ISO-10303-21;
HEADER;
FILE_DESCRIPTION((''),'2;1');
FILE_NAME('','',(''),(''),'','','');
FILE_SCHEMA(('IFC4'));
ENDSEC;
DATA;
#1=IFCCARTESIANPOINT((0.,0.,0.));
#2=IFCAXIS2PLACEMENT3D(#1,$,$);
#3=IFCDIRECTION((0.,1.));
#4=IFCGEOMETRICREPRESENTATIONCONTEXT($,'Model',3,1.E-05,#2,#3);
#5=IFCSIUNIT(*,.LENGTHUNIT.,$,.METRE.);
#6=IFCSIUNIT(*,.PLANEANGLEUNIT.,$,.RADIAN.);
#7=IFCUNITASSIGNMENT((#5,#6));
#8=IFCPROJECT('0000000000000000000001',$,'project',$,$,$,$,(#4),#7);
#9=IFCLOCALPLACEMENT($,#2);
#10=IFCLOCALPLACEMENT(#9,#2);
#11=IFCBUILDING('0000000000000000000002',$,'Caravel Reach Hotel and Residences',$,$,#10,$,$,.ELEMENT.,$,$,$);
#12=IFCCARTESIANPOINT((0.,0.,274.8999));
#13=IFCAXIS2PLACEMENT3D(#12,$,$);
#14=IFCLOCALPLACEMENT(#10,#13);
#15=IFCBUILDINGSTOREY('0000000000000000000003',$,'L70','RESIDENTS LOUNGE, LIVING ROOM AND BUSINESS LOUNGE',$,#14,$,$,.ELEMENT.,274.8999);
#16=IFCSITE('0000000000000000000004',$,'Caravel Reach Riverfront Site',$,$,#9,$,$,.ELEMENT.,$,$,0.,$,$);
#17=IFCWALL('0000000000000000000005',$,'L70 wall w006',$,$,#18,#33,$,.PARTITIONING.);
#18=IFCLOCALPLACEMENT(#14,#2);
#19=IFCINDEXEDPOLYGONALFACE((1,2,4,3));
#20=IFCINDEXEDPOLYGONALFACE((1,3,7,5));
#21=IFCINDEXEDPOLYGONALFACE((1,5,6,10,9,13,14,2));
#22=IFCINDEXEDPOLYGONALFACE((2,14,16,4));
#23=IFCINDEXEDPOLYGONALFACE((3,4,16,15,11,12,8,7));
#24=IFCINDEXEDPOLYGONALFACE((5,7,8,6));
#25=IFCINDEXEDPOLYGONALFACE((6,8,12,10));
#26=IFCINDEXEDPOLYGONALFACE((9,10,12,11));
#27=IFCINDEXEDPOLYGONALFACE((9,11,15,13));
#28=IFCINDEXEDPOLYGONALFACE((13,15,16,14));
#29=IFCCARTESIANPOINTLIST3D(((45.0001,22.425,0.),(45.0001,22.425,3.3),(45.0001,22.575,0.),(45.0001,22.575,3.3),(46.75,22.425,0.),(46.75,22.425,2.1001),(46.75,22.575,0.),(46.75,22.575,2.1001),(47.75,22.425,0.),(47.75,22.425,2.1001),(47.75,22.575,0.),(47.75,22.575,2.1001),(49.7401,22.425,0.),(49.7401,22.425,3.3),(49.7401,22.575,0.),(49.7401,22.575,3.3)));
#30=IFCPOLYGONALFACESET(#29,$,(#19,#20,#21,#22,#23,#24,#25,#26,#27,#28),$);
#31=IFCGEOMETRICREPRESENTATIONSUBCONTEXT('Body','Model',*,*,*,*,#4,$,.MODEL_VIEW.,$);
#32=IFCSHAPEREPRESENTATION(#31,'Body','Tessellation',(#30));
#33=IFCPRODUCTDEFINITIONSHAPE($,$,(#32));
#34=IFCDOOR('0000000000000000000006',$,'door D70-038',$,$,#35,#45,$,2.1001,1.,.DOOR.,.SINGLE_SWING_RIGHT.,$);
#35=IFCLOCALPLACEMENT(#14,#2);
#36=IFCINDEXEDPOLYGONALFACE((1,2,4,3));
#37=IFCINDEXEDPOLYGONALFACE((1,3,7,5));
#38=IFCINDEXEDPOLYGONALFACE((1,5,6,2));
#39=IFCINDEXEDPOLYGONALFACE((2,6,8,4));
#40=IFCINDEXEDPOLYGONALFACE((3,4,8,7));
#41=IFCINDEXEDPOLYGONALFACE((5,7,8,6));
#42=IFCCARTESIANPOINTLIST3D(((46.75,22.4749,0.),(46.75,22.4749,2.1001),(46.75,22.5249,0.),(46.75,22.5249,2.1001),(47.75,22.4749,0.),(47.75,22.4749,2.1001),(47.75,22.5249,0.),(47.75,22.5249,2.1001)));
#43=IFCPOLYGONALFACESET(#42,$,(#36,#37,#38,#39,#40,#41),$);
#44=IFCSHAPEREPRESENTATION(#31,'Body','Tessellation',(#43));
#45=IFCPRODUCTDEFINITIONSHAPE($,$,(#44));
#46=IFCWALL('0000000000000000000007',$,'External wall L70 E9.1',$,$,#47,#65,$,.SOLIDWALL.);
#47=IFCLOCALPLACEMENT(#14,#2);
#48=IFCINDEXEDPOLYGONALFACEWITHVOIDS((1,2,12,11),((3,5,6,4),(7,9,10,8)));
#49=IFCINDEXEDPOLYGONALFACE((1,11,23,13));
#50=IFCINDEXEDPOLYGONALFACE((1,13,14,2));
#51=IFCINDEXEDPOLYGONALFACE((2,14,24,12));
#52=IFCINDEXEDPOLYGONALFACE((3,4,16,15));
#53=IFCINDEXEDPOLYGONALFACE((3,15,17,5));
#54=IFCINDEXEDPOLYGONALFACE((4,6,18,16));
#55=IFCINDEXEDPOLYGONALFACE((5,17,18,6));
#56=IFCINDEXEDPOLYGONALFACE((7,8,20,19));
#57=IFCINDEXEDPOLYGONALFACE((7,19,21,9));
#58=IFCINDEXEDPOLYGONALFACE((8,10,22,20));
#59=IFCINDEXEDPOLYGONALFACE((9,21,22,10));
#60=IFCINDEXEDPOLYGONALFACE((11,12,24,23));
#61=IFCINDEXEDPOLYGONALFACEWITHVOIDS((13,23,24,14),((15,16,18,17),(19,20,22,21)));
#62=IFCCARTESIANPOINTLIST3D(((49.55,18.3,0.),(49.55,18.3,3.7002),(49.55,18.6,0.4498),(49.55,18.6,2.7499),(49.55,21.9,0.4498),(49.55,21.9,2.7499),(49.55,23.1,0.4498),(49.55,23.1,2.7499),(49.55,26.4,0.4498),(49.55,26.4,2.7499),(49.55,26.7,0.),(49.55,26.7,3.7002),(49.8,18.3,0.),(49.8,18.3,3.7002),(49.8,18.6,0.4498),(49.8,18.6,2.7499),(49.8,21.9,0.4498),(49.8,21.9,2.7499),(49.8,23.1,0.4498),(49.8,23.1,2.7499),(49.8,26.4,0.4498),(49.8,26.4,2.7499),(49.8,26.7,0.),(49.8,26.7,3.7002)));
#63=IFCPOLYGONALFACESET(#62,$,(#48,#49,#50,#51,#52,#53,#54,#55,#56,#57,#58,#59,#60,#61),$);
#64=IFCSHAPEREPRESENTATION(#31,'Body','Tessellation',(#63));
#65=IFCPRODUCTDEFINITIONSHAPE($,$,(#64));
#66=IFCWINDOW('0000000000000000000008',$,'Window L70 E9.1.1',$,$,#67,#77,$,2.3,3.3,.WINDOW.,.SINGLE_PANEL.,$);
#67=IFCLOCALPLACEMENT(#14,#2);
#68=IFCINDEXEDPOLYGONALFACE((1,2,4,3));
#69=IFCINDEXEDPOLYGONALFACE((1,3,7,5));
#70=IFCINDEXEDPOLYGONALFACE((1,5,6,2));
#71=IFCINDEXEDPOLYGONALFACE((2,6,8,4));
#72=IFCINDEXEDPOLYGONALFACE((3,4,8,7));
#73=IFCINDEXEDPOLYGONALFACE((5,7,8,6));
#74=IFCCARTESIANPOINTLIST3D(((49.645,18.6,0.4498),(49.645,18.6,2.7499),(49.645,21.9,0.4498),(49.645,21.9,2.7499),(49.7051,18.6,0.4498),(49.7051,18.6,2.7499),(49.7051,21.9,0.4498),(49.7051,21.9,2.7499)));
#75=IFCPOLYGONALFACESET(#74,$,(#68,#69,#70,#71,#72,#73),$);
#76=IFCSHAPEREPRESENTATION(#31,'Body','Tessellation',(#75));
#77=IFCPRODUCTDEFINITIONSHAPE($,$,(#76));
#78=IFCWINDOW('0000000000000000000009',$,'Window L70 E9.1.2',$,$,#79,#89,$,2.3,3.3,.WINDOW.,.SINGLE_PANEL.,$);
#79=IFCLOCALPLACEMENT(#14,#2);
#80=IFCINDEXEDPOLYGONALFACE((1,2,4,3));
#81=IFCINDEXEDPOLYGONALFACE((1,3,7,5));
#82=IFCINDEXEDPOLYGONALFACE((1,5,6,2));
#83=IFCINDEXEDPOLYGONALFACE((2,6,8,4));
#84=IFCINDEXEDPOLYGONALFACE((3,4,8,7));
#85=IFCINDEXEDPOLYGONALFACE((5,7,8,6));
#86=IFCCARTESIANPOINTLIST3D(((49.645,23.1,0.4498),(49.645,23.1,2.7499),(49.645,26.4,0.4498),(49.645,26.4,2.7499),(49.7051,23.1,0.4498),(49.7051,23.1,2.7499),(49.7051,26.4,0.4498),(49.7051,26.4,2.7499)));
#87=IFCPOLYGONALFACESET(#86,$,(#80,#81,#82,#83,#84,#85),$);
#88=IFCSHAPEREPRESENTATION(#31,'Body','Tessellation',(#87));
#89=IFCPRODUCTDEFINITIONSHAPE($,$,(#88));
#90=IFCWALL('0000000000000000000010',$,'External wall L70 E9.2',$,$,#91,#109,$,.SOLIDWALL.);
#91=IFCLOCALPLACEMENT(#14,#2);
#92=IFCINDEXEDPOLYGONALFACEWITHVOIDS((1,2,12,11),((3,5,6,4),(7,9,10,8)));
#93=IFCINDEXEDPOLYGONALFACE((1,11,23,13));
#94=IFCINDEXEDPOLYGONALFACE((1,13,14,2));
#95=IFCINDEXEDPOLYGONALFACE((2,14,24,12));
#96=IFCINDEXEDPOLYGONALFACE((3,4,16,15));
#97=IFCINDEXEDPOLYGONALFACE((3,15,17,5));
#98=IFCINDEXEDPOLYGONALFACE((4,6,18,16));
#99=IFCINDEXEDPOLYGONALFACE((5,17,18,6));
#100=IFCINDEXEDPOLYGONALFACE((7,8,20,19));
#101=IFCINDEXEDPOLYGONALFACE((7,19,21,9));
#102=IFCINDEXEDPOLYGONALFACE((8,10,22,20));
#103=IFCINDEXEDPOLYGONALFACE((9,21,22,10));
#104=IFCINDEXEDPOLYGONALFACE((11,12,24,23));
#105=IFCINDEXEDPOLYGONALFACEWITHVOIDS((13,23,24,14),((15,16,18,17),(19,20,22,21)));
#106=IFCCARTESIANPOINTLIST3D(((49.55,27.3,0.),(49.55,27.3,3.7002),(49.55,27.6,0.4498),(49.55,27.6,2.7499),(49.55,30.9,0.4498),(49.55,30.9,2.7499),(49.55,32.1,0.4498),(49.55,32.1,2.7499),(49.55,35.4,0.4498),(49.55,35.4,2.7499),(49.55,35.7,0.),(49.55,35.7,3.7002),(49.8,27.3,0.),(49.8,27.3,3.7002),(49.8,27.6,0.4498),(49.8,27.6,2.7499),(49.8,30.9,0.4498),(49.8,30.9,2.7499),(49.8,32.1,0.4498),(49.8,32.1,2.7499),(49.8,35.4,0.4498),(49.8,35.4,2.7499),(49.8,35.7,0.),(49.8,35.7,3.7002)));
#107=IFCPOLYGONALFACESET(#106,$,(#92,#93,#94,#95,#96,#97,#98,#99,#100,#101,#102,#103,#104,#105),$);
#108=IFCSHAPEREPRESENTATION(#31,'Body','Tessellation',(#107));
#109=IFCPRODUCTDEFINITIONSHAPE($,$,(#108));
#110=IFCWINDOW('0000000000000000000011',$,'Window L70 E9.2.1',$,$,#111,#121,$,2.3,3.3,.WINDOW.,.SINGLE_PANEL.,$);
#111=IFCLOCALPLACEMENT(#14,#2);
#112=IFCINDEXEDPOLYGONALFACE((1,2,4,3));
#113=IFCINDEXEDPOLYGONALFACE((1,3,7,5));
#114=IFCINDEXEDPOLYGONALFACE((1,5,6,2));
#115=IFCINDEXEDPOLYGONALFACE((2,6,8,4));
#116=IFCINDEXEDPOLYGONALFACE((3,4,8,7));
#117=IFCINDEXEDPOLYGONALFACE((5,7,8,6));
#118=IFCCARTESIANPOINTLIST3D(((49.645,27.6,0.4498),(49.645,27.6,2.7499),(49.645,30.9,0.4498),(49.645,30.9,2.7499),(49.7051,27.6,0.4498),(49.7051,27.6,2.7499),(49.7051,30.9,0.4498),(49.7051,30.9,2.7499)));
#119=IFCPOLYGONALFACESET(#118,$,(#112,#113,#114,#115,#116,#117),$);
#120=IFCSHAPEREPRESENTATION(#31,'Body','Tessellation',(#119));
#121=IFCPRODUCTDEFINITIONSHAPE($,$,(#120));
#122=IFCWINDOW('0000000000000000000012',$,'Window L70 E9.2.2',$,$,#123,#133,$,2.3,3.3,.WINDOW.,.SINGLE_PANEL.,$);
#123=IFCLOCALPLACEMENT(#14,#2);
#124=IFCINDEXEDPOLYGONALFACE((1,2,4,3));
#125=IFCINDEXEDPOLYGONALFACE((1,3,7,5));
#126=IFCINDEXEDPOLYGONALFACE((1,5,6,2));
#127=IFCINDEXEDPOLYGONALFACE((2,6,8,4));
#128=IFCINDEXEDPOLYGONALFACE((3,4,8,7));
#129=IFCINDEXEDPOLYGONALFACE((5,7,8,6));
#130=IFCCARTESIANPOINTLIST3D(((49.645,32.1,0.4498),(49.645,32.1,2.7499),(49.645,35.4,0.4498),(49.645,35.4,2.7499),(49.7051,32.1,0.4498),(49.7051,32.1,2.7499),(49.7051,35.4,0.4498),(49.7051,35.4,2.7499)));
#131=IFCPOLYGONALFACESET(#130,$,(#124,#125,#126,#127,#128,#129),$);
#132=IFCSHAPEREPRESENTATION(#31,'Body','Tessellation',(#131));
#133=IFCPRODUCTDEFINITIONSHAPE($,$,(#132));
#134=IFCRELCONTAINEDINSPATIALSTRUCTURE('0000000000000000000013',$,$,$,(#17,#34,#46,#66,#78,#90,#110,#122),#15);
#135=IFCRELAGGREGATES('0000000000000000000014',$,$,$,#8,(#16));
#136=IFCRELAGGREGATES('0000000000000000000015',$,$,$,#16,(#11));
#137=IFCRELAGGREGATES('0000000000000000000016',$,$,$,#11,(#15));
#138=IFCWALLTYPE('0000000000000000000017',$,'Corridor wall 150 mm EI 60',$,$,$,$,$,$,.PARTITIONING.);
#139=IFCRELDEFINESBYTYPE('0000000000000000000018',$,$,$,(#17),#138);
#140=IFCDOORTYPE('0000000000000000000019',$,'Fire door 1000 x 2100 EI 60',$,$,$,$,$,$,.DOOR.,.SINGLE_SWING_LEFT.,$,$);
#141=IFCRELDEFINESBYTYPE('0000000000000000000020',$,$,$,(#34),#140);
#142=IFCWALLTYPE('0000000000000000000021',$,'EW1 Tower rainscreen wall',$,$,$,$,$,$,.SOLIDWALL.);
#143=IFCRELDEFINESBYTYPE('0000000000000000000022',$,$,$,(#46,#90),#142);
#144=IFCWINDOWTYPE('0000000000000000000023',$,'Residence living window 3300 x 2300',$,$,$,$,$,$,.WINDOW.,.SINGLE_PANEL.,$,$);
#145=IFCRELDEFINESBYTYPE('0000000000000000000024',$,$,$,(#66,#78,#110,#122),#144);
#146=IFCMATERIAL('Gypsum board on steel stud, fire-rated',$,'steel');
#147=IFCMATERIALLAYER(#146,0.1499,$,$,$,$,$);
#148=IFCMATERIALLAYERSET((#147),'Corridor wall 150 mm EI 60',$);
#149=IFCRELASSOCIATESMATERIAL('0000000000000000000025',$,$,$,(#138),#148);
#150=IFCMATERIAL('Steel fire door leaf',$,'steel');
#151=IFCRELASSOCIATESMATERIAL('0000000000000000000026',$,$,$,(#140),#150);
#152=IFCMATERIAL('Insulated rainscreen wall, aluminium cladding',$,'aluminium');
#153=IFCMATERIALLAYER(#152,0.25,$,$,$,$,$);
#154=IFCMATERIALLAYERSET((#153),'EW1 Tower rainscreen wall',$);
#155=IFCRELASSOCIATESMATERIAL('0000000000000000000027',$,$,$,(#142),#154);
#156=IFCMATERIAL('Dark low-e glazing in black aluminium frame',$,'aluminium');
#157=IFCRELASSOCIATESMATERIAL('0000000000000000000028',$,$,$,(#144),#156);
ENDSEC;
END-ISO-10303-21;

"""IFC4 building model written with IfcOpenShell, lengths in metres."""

from ifc_helpers import new_model, si_unit, direction, frame, frame_2d, origin, place, context, subcontext, project, spatial, rectangle, extrude, material, layer, layer_set, type_object, element, fill, save


model = new_model("IFC4")

# Units and contexts
model_context = context("Model", 3, precision=1e-05, world=origin(), true_north=direction((0.0, 1.0)))
body_context = subcontext(model_context, "Body", "Model", "MODEL_VIEW")
ifc_project = project(units=[si_unit("LENGTHUNIT", "METRE"), si_unit("PLANEANGLEUNIT", "RADIAN")], contexts=[model_context])

# Site, building, storey
site_placement = place(None, origin())
site = spatial("IfcSite", under=ifc_project, at=site_placement, Name="Caravel Reach Riverfront Site", CompositionType="ELEMENT", RefElevation=0.0)
building_placement = place(site_placement, origin())
building = spatial("IfcBuilding", under=site, at=building_placement, Name="Caravel Reach Hotel and Residences", CompositionType="ELEMENT")
storey_placement = place(building_placement, frame((0.0, 0.0, 274.8999)))
storey = spatial("IfcBuildingStorey", under=building, at=storey_placement, Name="L70", Description="RESIDENTS LOUNGE, LIVING ROOM AND BUSINESS LOUNGE", CompositionType="ELEMENT", Elevation=274.8999)

# Wall, opening, door
ifc_material_1 = material(Name="Gypsum board on steel stud, fire-rated", Category="steel")
ifc_layer_1 = layer(ifc_material_1, 0.1499)
ifc_layer_set_1 = layer_set([ifc_layer_1], Name="Corridor wall 150 mm EI 60")
wall_type_1 = type_object("IfcWallType", Name="Corridor wall 150 mm EI 60", PredefinedType="PARTITIONING", material=ifc_layer_set_1)
wall_1_placement = place(storey_placement, frame((45.0, 22.5, 0.0), z_axis=(0.0, 0.0, 1.0), x_axis=(1.0, 0.0, 0.0)))
wall_1 = element("IfcWall", 1, at=wall_1_placement, inside=storey, type_object=wall_type_1, Name="L70 wall w006", PredefinedType="PARTITIONING", context=body_context, shape_type="SweptSolid", body=[
    extrude(rectangle(XDim=4.74, YDim=0.1499, at=frame_2d((2.3701, 0.0))), origin(), (0.0, 0.0, 1.0), 3.3),
])
opening_1_placement = place(wall_1_placement, frame((1.75, 0.0, 0.0)))
opening_1 = element("IfcOpeningElement", 2, at=opening_1_placement, cuts=wall_1, PredefinedType="OPENING", context=body_context, shape_type="SweptSolid", body=[
    extrude(rectangle(XDim=1.0, YDim=2.1001, at=frame_2d((0.5, 1.05))), frame((0.0, 0.085, 0.0), z_axis=(0.0, -1.0, 0.0), x_axis=(1.0, 0.0, 0.0)), (0.0, 0.0, 1.0), 0.1699),
])
ifc_material_2 = material(Name="Steel fire door leaf", Category="steel")
door_type = type_object("IfcDoorType", Name="Fire door 1000 x 2100 EI 60", OperationType="SINGLE_SWING_LEFT", PredefinedType="DOOR", material=ifc_material_2)
door_placement = place(opening_1_placement, origin())
door = element("IfcDoor", 3, at=door_placement, inside=storey, type_object=door_type, Name="door D70-038", OperationType="SINGLE_SWING_RIGHT", OverallHeight=2.1001, OverallWidth=1.0, PredefinedType="DOOR", context=body_context, shape_type="SweptSolid", body=[
    extrude(rectangle(XDim=1.0, YDim=2.1001, at=frame_2d((0.5, 1.05))), frame((0.0, 0.0249, 0.0), z_axis=(0.0, -1.0, 0.0), x_axis=(1.0, 0.0, 0.0)), (0.0, 0.0, 1.0), 0.05),
])
fill(opening_1, door)

# Walls, openings, windows
ifc_material_3 = material(Name="Insulated rainscreen wall, aluminium cladding", Category="aluminium")
ifc_layer_2 = layer(ifc_material_3, 0.25)
ifc_layer_set_2 = layer_set([ifc_layer_2], Name="EW1 Tower rainscreen wall")
wall_type_2 = type_object("IfcWallType", Name="EW1 Tower rainscreen wall", PredefinedType="SOLIDWALL", material=ifc_layer_set_2)
wall_2_placement = place(storey_placement, frame((49.675, 18.3, 0.0), z_axis=(0.0, 0.0, 1.0), x_axis=(0.0, 1.0, 0.0)))
wall_2 = element("IfcWall", 4, at=wall_2_placement, inside=storey, type_object=wall_type_2, Name="External wall L70 E9.1", PredefinedType="SOLIDWALL", context=body_context, shape_type="SweptSolid", body=[
    extrude(rectangle(XDim=8.3999, YDim=0.25, at=frame_2d((4.2, 0.0))), origin(), (0.0, 0.0, 1.0), 3.7002),
])
opening_2_placement = place(wall_2_placement, frame((0.3, 0.0, 0.45)))
opening_2 = element("IfcOpeningElement", 5, at=opening_2_placement, cuts=wall_2, PredefinedType="OPENING", context=body_context, shape_type="SweptSolid", body=[
    extrude(rectangle(XDim=3.3, YDim=2.3, at=frame_2d((1.6499, 1.1499))), frame((0.0, 0.135, 0.0), z_axis=(0.0, -1.0, 0.0), x_axis=(1.0, 0.0, 0.0)), (0.0, 0.0, 1.0), 0.27),
])
opening_3_placement = place(wall_2_placement, frame((4.8, 0.0, 0.45)))
opening_3 = element("IfcOpeningElement", 6, at=opening_3_placement, cuts=wall_2, PredefinedType="OPENING", context=body_context, shape_type="SweptSolid", body=[
    extrude(rectangle(XDim=3.3, YDim=2.3, at=frame_2d((1.6499, 1.1499))), frame((0.0, 0.135, 0.0), z_axis=(0.0, -1.0, 0.0), x_axis=(1.0, 0.0, 0.0)), (0.0, 0.0, 1.0), 0.27),
])
ifc_material_4 = material(Name="Dark low-e glazing in black aluminium frame", Category="aluminium")
window_type = type_object("IfcWindowType", Name="Residence living window 3300 x 2300", PartitioningType="SINGLE_PANEL", PredefinedType="WINDOW", material=ifc_material_4)
window_1_placement = place(opening_2_placement, origin())
window_1 = element("IfcWindow", 7, at=window_1_placement, inside=storey, type_object=window_type, Name="Window L70 E9.1.1", OverallHeight=2.3, OverallWidth=3.3, PartitioningType="SINGLE_PANEL", PredefinedType="WINDOW", context=body_context, shape_type="SweptSolid", body=[
    extrude(rectangle(XDim=3.3, YDim=2.3, at=frame_2d((1.6499, 1.1499))), frame((0.0, 0.03, 0.0), z_axis=(0.0, -1.0, 0.0), x_axis=(1.0, 0.0, 0.0)), (0.0, 0.0, 1.0), 0.0601),
])
fill(opening_2, window_1)
window_2_placement = place(opening_3_placement, origin())
window_2 = element("IfcWindow", 8, at=window_2_placement, inside=storey, type_object=window_type, Name="Window L70 E9.1.2", OverallHeight=2.3, OverallWidth=3.3, PartitioningType="SINGLE_PANEL", PredefinedType="WINDOW", context=body_context, shape_type="SweptSolid", body=[
    extrude(rectangle(XDim=3.3, YDim=2.3, at=frame_2d((1.6499, 1.1499))), frame((0.0, 0.03, 0.0), z_axis=(0.0, -1.0, 0.0), x_axis=(1.0, 0.0, 0.0)), (0.0, 0.0, 1.0), 0.0601),
])
fill(opening_3, window_2)
wall_3_placement = place(storey_placement, frame((49.675, 27.3, 0.0), z_axis=(0.0, 0.0, 1.0), x_axis=(0.0, 1.0, 0.0)))
wall_3 = element("IfcWall", 9, at=wall_3_placement, inside=storey, type_object=wall_type_2, Name="External wall L70 E9.2", PredefinedType="SOLIDWALL", context=body_context, shape_type="SweptSolid", body=[
    extrude(rectangle(XDim=8.3999, YDim=0.25, at=frame_2d((4.2, 0.0))), origin(), (0.0, 0.0, 1.0), 3.7002),
])
opening_4_placement = place(wall_3_placement, frame((0.3, 0.0, 0.45)))
opening_4 = element("IfcOpeningElement", 10, at=opening_4_placement, cuts=wall_3, PredefinedType="OPENING", context=body_context, shape_type="SweptSolid", body=[
    extrude(rectangle(XDim=3.3, YDim=2.3, at=frame_2d((1.6499, 1.1499))), frame((0.0, 0.135, 0.0), z_axis=(0.0, -1.0, 0.0), x_axis=(1.0, 0.0, 0.0)), (0.0, 0.0, 1.0), 0.27),
])
opening_5_placement = place(wall_3_placement, frame((4.8, 0.0, 0.45)))
opening_5 = element("IfcOpeningElement", 11, at=opening_5_placement, cuts=wall_3, PredefinedType="OPENING", context=body_context, shape_type="SweptSolid", body=[
    extrude(rectangle(XDim=3.3, YDim=2.3, at=frame_2d((1.6499, 1.1499))), frame((0.0, 0.135, 0.0), z_axis=(0.0, -1.0, 0.0), x_axis=(1.0, 0.0, 0.0)), (0.0, 0.0, 1.0), 0.27),
])
window_3_placement = place(opening_4_placement, origin())
window_3 = element("IfcWindow", 12, at=window_3_placement, inside=storey, type_object=window_type, Name="Window L70 E9.2.1", OverallHeight=2.3, OverallWidth=3.3, PartitioningType="SINGLE_PANEL", PredefinedType="WINDOW", context=body_context, shape_type="SweptSolid", body=[
    extrude(rectangle(XDim=3.3, YDim=2.3, at=frame_2d((1.6499, 1.1499))), frame((0.0, 0.03, 0.0), z_axis=(0.0, -1.0, 0.0), x_axis=(1.0, 0.0, 0.0)), (0.0, 0.0, 1.0), 0.0601),
])
fill(opening_4, window_3)
window_4_placement = place(opening_5_placement, origin())
window_4 = element("IfcWindow", 13, at=window_4_placement, inside=storey, type_object=window_type, Name="Window L70 E9.2.2", OverallHeight=2.3, OverallWidth=3.3, PartitioningType="SINGLE_PANEL", PredefinedType="WINDOW", context=body_context, shape_type="SweptSolid", body=[
    extrude(rectangle(XDim=3.3, YDim=2.3, at=frame_2d((1.6499, 1.1499))), frame((0.0, 0.03, 0.0), z_axis=(0.0, -1.0, 0.0), x_axis=(1.0, 0.0, 0.0)), (0.0, 0.0, 1.0), 0.0601),
])
fill(opening_5, window_4)

save(model, "model.ifc")
